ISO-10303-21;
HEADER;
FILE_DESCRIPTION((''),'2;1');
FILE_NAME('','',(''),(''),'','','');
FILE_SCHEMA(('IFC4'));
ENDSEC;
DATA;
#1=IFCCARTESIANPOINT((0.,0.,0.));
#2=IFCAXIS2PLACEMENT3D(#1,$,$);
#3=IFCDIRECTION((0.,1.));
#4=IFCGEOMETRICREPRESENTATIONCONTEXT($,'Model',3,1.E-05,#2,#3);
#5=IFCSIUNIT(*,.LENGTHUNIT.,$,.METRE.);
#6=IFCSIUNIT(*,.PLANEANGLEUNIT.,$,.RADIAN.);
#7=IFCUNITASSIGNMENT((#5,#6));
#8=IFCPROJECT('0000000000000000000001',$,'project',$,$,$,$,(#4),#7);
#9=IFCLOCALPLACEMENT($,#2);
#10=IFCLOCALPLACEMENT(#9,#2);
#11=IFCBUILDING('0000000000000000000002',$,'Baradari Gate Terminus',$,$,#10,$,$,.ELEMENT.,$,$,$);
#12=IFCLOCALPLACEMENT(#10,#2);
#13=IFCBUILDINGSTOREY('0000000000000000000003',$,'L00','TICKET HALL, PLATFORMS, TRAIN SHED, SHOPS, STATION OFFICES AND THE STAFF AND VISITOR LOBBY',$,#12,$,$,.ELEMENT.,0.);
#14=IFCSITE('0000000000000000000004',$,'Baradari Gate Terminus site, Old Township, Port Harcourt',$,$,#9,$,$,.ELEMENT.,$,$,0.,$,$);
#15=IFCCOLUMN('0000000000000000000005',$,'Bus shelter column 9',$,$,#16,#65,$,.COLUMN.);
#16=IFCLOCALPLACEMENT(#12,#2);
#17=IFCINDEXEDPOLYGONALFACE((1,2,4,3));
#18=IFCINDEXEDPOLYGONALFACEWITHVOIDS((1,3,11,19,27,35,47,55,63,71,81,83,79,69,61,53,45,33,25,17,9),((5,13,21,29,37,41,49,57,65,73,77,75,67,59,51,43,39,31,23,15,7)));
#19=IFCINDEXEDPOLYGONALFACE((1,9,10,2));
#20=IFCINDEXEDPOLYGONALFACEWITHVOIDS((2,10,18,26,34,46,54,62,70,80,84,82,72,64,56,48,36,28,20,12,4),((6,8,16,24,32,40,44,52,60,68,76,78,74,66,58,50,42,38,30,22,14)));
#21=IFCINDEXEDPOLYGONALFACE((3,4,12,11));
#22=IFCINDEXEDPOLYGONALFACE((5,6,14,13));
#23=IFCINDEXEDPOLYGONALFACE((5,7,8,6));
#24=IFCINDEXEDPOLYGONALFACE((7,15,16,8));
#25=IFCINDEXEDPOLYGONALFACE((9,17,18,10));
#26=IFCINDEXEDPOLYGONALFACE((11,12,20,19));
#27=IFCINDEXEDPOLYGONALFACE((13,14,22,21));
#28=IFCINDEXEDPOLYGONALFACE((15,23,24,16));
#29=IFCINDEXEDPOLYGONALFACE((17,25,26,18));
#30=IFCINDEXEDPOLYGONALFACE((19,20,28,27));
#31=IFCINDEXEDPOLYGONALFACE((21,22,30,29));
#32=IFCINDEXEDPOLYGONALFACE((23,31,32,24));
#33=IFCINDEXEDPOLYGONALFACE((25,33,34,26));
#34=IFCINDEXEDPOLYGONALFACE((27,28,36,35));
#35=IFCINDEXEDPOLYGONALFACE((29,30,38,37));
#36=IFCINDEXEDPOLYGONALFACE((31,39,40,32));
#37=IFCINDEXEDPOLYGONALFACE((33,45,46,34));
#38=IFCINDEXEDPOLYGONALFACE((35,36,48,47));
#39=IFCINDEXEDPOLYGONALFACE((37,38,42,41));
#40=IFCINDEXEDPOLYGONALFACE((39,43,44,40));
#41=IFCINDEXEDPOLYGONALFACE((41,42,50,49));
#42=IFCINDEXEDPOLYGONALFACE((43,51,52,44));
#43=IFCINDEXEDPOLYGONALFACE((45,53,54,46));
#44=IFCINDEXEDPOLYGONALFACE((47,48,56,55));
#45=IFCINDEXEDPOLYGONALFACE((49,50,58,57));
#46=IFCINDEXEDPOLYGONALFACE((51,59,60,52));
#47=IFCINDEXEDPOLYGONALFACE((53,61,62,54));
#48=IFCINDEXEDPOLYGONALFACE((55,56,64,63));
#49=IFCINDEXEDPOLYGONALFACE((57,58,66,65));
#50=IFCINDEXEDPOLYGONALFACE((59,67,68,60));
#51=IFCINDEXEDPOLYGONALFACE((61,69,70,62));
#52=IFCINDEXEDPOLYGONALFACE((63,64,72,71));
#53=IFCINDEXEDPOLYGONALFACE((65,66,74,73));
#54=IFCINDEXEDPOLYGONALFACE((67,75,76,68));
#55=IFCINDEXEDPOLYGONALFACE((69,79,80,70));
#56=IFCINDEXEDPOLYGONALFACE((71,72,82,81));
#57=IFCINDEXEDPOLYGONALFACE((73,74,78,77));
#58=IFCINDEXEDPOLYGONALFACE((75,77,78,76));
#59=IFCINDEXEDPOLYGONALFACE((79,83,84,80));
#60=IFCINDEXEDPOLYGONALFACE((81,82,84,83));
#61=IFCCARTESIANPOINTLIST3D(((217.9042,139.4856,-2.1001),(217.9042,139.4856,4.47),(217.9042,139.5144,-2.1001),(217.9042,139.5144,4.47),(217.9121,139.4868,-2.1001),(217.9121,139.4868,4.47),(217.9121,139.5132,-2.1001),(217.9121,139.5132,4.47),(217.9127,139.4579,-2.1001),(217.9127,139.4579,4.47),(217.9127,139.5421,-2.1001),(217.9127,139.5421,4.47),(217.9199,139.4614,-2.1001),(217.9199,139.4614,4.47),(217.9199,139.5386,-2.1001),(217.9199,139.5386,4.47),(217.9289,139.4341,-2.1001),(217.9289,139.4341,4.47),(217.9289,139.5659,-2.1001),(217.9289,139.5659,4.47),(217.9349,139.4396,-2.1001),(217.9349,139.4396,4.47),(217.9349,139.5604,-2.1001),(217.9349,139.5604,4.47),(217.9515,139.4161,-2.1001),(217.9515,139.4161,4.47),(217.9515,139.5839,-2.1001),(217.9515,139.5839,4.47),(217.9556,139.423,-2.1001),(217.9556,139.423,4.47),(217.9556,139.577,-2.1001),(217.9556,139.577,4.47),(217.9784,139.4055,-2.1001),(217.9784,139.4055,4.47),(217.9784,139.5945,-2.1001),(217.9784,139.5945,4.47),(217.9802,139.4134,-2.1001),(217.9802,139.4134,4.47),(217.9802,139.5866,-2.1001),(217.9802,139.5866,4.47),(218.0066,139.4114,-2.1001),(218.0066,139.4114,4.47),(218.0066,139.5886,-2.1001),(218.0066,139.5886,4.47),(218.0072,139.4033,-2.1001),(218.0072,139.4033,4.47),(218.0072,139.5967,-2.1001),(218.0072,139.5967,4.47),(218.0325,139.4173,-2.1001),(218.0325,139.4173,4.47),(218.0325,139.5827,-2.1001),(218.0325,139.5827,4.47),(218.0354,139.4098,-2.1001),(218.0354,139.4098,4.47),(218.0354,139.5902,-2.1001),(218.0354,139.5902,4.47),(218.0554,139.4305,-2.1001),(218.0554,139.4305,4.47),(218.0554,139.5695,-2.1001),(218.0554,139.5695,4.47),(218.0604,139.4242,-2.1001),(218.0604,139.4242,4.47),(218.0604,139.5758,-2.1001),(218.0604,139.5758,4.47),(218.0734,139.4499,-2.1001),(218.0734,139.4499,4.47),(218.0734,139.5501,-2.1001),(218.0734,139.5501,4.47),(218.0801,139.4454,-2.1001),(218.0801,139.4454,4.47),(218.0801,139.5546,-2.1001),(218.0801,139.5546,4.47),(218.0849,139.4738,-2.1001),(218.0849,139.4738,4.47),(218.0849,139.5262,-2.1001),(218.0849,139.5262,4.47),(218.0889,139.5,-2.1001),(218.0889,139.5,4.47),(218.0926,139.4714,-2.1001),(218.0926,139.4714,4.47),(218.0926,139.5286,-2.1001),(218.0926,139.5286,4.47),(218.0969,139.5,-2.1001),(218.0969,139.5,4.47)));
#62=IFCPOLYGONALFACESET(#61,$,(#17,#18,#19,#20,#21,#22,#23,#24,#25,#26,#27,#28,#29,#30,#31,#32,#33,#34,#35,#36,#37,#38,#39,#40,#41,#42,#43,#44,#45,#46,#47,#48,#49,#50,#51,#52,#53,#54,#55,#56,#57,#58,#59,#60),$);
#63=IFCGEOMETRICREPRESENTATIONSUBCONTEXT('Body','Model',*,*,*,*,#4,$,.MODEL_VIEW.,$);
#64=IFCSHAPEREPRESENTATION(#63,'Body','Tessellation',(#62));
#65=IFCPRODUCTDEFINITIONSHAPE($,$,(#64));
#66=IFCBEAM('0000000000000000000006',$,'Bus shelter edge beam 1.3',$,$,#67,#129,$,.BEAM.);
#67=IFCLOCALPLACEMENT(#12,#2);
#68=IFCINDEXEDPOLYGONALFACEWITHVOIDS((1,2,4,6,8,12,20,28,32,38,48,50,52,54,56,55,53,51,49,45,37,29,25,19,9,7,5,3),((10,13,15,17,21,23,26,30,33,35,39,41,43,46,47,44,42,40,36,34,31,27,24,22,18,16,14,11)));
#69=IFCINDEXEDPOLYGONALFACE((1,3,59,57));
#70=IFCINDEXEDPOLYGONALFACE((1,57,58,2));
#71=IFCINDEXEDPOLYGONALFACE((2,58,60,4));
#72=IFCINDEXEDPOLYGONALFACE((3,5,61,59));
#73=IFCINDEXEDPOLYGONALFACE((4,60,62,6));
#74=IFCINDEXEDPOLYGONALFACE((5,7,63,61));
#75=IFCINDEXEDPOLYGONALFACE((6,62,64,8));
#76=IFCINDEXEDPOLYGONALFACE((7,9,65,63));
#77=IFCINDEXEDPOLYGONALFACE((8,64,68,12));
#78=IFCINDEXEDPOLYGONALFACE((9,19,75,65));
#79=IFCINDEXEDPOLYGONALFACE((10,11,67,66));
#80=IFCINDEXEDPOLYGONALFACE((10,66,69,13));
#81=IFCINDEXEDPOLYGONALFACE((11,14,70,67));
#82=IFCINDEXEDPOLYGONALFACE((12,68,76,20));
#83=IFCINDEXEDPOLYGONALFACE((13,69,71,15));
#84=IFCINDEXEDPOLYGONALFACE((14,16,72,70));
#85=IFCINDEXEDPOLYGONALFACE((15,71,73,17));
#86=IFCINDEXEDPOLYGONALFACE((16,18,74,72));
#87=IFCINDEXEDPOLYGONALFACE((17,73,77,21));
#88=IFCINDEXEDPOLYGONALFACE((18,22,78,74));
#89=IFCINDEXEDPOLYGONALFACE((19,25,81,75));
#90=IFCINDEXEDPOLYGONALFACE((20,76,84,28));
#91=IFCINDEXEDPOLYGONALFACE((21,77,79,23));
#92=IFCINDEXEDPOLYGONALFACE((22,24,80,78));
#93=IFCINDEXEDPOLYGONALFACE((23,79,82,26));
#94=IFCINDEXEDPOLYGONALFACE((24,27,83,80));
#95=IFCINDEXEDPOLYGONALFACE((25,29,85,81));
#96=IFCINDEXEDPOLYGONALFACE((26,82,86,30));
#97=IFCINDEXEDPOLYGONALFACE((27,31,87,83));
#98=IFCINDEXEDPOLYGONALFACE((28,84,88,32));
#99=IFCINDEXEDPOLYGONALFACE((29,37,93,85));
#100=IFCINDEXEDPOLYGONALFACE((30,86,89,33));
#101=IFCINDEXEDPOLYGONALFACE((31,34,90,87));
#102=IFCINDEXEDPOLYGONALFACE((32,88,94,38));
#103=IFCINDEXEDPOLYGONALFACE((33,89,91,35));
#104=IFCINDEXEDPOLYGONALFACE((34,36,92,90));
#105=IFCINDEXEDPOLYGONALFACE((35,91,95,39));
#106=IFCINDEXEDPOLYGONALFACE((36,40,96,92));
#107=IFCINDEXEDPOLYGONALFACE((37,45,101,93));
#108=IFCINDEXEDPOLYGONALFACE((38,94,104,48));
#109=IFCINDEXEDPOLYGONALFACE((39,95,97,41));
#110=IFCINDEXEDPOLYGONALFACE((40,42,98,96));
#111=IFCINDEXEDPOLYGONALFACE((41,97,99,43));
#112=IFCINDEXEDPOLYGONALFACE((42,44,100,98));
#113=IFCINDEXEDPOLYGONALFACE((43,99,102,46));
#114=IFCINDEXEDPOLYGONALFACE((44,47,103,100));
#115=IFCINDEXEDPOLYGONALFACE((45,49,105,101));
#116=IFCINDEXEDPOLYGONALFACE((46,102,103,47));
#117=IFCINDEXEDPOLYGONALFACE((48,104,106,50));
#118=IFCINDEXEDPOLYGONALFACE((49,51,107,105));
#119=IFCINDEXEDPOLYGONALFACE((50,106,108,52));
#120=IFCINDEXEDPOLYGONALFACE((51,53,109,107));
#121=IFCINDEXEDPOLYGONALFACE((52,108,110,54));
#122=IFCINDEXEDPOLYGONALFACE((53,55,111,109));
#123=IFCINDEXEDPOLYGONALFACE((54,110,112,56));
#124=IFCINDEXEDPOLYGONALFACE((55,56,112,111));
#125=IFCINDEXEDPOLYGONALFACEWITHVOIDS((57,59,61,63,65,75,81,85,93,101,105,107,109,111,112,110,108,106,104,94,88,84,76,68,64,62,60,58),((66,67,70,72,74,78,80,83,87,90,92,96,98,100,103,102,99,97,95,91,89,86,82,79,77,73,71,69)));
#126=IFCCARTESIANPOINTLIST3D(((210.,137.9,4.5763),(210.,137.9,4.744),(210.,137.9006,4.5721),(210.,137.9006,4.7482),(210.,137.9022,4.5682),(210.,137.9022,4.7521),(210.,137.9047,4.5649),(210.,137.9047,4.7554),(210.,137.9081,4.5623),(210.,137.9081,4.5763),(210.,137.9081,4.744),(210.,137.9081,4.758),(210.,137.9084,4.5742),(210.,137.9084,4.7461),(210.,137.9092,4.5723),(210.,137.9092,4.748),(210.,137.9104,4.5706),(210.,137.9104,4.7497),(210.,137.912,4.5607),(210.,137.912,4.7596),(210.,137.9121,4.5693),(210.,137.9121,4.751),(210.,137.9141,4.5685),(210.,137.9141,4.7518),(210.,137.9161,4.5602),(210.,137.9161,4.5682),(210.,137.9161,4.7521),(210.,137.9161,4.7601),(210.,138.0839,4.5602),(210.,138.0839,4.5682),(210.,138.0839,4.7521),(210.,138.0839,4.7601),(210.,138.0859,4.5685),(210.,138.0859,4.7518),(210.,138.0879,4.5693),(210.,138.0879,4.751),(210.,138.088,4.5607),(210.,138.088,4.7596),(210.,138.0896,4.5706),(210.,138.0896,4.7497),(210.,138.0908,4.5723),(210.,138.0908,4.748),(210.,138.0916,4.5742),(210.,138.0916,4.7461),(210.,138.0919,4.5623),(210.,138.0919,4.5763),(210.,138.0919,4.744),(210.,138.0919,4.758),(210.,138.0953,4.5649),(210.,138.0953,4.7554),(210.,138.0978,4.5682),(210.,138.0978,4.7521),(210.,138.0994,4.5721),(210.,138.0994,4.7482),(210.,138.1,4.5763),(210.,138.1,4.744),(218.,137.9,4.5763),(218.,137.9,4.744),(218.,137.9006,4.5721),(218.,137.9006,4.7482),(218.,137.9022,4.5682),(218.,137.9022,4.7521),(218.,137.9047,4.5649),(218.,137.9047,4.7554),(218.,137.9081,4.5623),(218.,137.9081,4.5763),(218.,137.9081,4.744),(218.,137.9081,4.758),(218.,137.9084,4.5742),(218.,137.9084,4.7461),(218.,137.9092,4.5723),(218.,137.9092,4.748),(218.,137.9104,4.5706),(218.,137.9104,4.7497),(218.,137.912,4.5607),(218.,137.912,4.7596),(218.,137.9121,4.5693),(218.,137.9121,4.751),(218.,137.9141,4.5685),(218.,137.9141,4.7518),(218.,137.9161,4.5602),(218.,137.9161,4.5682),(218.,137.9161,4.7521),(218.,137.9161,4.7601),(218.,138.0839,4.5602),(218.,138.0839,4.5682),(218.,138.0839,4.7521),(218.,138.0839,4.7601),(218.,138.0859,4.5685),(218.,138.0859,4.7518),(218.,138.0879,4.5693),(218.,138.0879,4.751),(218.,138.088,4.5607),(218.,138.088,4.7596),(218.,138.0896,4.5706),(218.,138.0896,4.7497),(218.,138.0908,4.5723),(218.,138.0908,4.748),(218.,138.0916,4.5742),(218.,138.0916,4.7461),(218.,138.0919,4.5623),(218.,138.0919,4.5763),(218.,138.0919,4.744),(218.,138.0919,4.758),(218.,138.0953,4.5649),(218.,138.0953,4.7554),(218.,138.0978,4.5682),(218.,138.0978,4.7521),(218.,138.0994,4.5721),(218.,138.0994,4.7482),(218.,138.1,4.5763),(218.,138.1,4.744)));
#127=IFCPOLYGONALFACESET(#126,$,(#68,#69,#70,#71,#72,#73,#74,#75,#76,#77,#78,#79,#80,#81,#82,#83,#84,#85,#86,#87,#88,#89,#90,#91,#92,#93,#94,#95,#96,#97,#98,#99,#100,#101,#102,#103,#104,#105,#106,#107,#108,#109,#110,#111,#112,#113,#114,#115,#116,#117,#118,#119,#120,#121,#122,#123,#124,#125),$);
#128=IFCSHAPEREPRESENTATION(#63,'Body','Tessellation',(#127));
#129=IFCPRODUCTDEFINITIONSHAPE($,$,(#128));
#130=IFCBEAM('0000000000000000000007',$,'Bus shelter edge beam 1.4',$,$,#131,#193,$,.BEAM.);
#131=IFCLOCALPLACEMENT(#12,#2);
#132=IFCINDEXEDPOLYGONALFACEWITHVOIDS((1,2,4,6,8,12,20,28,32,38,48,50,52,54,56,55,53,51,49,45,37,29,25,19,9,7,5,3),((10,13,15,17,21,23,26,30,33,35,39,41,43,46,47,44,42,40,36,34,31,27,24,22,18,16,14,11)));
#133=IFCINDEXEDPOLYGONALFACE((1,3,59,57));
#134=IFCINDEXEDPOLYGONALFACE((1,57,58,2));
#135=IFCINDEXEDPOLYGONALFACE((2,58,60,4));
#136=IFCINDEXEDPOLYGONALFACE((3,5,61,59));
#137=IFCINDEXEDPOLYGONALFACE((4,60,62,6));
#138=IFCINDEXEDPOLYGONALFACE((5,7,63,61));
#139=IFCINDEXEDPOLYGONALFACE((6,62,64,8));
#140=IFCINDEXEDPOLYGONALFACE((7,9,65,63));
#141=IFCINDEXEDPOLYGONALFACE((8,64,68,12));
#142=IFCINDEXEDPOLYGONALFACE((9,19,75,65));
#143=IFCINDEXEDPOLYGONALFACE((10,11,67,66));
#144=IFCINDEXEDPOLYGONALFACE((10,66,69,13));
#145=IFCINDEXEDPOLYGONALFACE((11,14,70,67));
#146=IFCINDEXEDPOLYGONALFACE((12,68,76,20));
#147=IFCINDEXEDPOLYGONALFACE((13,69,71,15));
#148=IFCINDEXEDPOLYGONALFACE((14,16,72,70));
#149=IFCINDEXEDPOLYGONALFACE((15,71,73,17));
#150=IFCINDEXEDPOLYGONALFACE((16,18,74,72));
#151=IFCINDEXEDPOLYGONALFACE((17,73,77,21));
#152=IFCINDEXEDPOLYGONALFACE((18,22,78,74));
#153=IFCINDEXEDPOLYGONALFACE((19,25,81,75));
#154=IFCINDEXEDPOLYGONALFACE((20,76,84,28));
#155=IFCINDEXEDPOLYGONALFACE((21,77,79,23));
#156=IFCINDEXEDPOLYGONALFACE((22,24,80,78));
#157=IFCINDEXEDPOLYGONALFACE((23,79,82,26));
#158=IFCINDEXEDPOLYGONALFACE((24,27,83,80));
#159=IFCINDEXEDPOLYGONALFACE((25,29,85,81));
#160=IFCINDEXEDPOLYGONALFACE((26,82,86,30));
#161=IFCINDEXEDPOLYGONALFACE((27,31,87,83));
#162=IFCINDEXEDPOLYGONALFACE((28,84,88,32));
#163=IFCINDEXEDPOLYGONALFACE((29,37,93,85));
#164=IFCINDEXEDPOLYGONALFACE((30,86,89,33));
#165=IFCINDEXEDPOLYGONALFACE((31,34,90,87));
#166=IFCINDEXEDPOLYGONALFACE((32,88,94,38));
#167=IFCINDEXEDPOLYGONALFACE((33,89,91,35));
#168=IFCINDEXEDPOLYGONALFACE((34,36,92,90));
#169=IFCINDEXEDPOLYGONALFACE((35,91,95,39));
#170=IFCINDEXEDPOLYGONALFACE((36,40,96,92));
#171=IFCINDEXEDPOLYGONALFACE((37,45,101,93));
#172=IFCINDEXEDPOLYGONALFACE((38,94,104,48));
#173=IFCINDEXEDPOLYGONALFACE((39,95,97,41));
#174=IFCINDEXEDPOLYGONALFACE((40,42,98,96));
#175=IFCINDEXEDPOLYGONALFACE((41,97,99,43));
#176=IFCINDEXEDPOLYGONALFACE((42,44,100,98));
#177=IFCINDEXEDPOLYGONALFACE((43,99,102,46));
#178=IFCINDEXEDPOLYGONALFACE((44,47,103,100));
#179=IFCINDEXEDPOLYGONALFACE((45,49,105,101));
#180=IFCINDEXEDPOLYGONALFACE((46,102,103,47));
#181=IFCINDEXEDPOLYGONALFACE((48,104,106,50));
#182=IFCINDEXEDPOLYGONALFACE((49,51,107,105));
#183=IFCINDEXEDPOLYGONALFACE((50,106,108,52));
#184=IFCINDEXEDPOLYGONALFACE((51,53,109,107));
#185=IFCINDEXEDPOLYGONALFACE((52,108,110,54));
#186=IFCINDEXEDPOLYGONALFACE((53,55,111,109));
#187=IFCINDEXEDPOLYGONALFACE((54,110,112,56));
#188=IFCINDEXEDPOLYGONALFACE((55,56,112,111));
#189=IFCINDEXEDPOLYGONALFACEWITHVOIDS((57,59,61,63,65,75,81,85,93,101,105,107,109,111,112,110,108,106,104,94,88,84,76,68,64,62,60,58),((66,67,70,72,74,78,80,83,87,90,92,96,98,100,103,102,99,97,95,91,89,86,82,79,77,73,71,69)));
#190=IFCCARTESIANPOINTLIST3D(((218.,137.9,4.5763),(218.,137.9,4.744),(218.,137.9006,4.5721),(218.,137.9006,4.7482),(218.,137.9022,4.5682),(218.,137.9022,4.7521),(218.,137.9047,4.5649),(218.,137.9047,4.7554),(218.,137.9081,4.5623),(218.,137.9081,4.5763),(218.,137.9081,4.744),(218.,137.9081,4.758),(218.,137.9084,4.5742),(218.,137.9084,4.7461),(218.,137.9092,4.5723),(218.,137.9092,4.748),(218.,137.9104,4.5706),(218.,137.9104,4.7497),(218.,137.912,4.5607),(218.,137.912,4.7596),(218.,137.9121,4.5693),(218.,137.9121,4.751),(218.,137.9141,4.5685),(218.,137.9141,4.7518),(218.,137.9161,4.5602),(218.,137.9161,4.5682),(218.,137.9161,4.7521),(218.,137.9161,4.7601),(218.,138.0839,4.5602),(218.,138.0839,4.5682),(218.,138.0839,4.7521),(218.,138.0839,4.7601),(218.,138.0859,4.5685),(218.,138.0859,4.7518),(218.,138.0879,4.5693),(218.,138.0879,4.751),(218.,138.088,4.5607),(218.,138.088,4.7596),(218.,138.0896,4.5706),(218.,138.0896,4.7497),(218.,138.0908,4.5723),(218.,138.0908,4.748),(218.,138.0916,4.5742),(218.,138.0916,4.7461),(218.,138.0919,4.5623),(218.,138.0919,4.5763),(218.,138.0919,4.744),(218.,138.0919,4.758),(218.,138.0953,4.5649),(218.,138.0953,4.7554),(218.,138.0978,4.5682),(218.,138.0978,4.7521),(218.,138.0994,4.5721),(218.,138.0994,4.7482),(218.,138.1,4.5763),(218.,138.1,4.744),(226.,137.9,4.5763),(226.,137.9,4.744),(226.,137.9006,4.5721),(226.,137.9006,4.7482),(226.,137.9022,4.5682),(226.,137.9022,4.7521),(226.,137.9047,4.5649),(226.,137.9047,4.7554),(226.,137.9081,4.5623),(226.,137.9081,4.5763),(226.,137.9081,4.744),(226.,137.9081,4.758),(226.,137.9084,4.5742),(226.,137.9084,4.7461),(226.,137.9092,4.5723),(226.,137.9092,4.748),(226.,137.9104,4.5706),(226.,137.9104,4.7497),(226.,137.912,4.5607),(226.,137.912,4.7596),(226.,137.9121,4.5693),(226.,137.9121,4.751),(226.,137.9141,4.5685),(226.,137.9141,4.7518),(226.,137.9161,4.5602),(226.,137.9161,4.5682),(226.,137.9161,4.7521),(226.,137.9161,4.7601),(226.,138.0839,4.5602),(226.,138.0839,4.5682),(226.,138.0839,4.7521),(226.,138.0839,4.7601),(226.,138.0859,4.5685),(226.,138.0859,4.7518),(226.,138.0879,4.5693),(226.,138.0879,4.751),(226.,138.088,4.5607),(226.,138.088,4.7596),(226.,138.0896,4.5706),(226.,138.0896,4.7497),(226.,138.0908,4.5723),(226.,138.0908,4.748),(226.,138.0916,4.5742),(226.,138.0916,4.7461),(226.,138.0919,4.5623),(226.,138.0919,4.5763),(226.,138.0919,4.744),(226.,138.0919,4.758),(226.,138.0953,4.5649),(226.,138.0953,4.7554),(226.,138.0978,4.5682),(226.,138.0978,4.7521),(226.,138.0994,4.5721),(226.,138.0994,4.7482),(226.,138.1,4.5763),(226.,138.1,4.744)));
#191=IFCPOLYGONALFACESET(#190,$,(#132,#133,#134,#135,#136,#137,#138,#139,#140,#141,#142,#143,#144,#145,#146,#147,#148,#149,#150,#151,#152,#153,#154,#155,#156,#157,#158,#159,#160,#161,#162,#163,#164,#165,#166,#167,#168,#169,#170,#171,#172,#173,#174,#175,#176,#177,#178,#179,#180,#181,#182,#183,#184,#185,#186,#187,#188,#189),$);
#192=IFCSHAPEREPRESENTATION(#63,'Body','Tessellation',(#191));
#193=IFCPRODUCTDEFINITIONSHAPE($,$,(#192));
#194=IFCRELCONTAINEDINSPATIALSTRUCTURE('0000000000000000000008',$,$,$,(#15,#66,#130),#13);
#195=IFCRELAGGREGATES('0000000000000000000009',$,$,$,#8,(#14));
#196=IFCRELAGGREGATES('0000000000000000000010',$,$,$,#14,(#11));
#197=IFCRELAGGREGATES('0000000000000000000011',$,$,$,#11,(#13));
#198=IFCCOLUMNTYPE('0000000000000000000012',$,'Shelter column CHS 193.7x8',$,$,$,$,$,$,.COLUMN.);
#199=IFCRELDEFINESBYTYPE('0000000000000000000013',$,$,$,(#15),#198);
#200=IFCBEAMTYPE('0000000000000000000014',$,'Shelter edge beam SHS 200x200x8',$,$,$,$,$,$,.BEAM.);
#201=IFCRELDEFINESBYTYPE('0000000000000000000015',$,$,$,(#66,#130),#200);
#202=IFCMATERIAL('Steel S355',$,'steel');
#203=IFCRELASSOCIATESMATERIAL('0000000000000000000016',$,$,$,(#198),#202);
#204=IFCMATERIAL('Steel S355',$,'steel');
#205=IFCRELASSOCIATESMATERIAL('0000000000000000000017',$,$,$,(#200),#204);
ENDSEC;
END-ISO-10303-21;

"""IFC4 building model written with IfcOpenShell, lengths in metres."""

from ifc_helpers import new_model, si_unit, direction, frame, origin, origin_2d, place, context, subcontext, project, spatial, hollow_rectangle, hollow_circle, extrude, material, material_profile, profile_set, type_object, element, save


model = new_model("IFC4")

# Units and contexts
model_context = context("Model", 3, precision=1e-05, world=origin(), true_north=direction((0.0, 1.0)))
body_context = subcontext(model_context, "Body", "Model", "MODEL_VIEW")
ifc_project = project(units=[si_unit("LENGTHUNIT", "METRE"), si_unit("PLANEANGLEUNIT", "RADIAN")], contexts=[model_context])

# Site, building, storey
site_placement = place(None, origin())
site = spatial("IfcSite", under=ifc_project, at=site_placement, Name="Baradari Gate Terminus site, Old Township, Port Harcourt", CompositionType="ELEMENT", RefElevation=0.0)
building_placement = place(site_placement, origin())
building = spatial("IfcBuilding", under=site, at=building_placement, Name="Baradari Gate Terminus", CompositionType="ELEMENT")
storey_placement = place(building_placement, origin())
storey = spatial("IfcBuildingStorey", under=building, at=storey_placement, Name="L00", Description="TICKET HALL, PLATFORMS, TRAIN SHED, SHOPS, STATION OFFICES AND THE STAFF AND VISITOR LOBBY", CompositionType="ELEMENT", Elevation=0.0)

# Column
ifc_material_1 = material(Name="Steel S355", Category="steel")
ifc_material_profile_1 = material_profile(ifc_material_1, hollow_circle(Radius=0.0969, WallThickness=0.0081, at=origin_2d()), Name="CHS 193.7x8")
ifc_profile_set_1 = profile_set([ifc_material_profile_1], Name="Steel S355")
column_type_1 = type_object("IfcColumnType", Name="Shelter column CHS 193.7x8", PredefinedType="COLUMN", material=ifc_profile_set_1)
for number, where, z_axis, x_axis, name in (
    (1, (218.0, 139.5, -2.1001), (0.0, 0.0, 1.0), (1.0, 0.0, 0.0), "Bus shelter column 9"),
):
    element("IfcColumn", number, at=place(storey_placement, frame(where, z_axis=z_axis, x_axis=x_axis)), inside=storey, type_object=column_type_1, Name=name, PredefinedType="COLUMN", context=body_context, shape_type="SweptSolid", body=[
        extrude(hollow_circle(Radius=0.0969, WallThickness=0.0081, at=origin_2d()), origin(), (0.0, 0.0, 1.0), 6.5701),
    ])

# Beams
ifc_material_2 = material(Name="Steel S355", Category="steel")
ifc_material_profile_2 = material_profile(ifc_material_2, hollow_rectangle(XDim=0.2, YDim=0.2, WallThickness=0.0081, InnerFilletRadius=0.0081, OuterFilletRadius=0.0161, at=origin_2d()), Name="SHS 200x200x8")
ifc_profile_set_2 = profile_set([ifc_material_profile_2], Name="Steel S355")
beam_type = type_object("IfcBeamType", Name="Shelter edge beam SHS 200x200x8", PredefinedType="BEAM", material=ifc_profile_set_2)
for number, where, z_axis, x_axis, name in (
    (2, (210.0, 138.0, 4.6602), (1.0, 0.0, 0.0), (0.0, 1.0, 0.0), "Bus shelter edge beam 1.3"),
    (3, (218.0, 138.0, 4.6602), (1.0, 0.0, 0.0), (0.0, 1.0, 0.0), "Bus shelter edge beam 1.4"),
):
    element("IfcBeam", number, at=place(storey_placement, frame(where, z_axis=z_axis, x_axis=x_axis)), inside=storey, type_object=beam_type, Name=name, PredefinedType="BEAM", context=body_context, shape_type="SweptSolid", body=[
        extrude(hollow_rectangle(XDim=0.2, YDim=0.2, WallThickness=0.0081, InnerFilletRadius=0.0081, OuterFilletRadius=0.0161, at=origin_2d()), origin(), (0.0, 0.0, 1.0), 8.0),
    ])

save(model, "model.ifc")
